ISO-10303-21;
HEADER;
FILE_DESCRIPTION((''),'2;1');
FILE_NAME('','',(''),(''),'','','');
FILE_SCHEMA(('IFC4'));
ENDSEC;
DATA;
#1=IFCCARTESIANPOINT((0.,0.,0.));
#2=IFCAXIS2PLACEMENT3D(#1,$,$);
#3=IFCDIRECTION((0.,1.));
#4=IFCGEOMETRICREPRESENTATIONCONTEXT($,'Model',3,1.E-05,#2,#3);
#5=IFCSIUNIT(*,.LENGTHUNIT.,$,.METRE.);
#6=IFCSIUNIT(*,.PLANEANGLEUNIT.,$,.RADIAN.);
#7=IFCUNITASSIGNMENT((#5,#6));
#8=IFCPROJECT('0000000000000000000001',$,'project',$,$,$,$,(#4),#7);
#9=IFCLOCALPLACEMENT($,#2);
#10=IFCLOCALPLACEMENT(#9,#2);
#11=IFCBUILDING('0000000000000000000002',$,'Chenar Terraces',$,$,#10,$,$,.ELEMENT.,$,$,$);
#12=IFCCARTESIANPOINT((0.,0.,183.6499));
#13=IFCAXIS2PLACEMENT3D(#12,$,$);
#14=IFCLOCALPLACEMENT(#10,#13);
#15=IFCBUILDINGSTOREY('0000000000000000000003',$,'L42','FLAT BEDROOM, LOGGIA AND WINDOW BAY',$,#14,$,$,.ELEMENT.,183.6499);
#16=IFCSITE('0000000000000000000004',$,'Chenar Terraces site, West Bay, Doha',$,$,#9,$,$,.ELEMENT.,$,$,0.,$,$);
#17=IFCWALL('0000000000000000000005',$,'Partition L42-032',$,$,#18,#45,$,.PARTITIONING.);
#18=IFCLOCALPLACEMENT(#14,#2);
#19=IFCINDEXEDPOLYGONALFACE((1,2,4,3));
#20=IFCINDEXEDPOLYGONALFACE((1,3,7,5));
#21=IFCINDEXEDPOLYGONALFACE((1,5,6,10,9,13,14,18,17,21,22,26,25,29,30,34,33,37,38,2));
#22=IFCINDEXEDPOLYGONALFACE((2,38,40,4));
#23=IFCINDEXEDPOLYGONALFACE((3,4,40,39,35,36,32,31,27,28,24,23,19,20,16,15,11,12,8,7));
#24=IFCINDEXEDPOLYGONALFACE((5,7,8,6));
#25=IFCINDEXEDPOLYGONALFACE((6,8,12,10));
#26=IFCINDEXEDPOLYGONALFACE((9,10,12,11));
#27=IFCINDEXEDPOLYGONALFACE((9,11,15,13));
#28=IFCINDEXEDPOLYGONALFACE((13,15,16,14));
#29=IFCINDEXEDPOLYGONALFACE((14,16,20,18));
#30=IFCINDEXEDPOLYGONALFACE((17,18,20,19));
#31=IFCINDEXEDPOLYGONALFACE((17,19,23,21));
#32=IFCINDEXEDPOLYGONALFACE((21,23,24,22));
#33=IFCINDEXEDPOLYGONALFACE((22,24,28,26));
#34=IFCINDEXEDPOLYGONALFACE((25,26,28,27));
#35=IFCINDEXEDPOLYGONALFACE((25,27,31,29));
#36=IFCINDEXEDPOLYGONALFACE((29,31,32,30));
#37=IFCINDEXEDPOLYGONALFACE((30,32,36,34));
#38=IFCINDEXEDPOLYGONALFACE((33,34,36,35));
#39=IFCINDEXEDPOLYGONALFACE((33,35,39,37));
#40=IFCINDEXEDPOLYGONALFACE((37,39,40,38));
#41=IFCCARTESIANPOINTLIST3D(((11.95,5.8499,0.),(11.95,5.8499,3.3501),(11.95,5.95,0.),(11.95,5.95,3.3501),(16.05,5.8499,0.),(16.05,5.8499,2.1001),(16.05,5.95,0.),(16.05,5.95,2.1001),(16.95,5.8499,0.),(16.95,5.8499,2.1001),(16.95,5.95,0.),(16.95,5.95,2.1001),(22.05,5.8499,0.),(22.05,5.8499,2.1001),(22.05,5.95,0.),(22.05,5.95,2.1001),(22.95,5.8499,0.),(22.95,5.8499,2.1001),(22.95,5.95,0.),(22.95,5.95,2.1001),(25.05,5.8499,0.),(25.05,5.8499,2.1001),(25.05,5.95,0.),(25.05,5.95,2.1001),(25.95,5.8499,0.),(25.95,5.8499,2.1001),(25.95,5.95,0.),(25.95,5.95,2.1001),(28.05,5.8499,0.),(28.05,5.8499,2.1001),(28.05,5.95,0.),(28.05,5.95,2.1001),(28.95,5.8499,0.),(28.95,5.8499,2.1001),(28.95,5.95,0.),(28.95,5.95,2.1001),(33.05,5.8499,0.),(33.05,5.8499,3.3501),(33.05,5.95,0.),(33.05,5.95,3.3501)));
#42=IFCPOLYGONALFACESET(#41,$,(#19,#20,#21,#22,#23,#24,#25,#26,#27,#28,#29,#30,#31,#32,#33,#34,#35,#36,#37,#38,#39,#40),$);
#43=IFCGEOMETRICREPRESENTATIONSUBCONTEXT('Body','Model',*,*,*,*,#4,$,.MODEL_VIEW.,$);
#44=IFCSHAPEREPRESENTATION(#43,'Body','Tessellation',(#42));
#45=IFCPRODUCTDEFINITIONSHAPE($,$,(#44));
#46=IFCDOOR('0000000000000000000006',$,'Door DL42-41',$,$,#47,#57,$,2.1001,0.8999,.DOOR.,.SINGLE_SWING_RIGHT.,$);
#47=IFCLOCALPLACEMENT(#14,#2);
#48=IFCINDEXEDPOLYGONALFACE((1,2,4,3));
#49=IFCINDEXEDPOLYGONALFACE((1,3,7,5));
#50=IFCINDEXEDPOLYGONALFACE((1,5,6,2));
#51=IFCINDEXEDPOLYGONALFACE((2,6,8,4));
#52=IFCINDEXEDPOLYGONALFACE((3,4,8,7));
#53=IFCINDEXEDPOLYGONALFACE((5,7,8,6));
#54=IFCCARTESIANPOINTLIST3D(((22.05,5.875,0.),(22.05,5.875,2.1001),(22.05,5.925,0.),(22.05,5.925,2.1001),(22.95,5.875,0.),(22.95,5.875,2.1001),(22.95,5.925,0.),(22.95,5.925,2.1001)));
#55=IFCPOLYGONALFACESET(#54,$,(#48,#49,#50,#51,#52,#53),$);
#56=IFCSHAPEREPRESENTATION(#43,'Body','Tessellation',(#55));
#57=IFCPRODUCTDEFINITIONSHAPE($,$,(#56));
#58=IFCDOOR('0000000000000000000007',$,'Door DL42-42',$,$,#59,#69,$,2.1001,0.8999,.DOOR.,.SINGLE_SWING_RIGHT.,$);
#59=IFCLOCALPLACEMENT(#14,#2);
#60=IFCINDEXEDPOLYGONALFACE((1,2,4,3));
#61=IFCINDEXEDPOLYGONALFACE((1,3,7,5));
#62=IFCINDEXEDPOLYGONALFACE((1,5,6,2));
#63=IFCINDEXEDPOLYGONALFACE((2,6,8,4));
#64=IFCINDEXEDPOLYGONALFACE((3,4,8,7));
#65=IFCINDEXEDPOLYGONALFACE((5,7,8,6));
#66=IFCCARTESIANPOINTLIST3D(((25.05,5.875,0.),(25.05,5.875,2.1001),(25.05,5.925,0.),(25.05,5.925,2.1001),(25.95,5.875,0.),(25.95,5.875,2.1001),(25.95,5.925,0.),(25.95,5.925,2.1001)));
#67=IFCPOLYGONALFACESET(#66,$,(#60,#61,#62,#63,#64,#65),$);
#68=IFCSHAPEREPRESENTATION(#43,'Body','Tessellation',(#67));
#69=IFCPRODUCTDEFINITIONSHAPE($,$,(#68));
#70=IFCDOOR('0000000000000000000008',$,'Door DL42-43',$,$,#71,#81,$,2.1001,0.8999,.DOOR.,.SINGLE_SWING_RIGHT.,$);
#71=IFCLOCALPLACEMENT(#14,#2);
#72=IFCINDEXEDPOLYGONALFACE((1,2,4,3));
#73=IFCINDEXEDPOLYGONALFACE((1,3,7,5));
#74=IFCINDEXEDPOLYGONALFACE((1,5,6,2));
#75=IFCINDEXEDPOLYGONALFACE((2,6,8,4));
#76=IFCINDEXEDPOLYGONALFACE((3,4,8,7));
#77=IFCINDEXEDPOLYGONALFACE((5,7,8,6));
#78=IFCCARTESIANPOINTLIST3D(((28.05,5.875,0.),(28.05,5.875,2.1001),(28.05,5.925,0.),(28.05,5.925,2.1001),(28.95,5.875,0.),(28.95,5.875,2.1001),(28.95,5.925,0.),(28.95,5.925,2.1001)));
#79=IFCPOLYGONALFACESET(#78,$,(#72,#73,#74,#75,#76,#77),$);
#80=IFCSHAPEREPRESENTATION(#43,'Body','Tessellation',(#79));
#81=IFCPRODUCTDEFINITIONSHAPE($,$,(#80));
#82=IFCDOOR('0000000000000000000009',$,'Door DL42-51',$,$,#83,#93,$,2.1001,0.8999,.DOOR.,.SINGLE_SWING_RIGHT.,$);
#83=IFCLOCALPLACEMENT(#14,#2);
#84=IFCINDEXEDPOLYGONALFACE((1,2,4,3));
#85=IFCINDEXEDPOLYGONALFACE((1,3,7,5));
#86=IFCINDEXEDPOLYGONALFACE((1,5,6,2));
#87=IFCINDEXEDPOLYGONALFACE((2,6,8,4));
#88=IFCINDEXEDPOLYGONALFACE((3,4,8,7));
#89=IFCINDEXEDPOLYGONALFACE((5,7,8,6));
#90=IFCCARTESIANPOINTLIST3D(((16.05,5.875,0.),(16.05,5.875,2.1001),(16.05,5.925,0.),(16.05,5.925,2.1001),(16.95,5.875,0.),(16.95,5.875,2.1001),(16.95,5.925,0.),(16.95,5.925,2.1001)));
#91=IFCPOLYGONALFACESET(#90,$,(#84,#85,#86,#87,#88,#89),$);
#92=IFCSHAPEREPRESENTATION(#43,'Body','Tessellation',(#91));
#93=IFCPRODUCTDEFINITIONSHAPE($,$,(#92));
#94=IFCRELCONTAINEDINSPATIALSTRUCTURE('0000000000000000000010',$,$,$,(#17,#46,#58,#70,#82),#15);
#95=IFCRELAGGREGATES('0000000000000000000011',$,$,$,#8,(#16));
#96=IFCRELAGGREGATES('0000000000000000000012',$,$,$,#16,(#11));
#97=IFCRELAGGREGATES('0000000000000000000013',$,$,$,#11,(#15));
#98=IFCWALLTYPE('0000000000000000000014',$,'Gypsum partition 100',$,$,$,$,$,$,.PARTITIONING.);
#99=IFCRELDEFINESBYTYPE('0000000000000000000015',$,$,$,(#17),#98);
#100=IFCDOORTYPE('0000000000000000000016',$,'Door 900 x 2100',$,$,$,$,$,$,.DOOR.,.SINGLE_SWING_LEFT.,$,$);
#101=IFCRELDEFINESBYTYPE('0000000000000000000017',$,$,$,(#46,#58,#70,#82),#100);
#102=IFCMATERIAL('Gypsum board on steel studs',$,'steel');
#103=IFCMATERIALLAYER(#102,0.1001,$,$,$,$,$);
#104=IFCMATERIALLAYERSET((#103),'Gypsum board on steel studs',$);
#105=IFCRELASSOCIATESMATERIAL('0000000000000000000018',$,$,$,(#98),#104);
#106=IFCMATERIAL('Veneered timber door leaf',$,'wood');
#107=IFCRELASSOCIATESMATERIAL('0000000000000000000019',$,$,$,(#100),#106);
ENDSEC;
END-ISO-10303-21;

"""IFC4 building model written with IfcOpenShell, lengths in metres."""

from ifc_helpers import new_model, si_unit, direction, frame, frame_2d, origin, place, context, subcontext, project, spatial, rectangle, extrude, material, layer, layer_set, type_object, element, fill, save


model = new_model("IFC4")

# Units and contexts
model_context = context("Model", 3, precision=1e-05, world=origin(), true_north=direction((0.0, 1.0)))
body_context = subcontext(model_context, "Body", "Model", "MODEL_VIEW")
ifc_project = project(units=[si_unit("LENGTHUNIT", "METRE"), si_unit("PLANEANGLEUNIT", "RADIAN")], contexts=[model_context])

# Site, building, storey
site_placement = place(None, origin())
site = spatial("IfcSite", under=ifc_project, at=site_placement, Name="Chenar Terraces site, West Bay, Doha", CompositionType="ELEMENT", RefElevation=0.0)
building_placement = place(site_placement, origin())
building = spatial("IfcBuilding", under=site, at=building_placement, Name="Chenar Terraces", CompositionType="ELEMENT")
storey_placement = place(building_placement, frame((0.0, 0.0, 183.6499)))
storey = spatial("IfcBuildingStorey", under=building, at=storey_placement, Name="L42", Description="FLAT BEDROOM, LOGGIA AND WINDOW BAY", CompositionType="ELEMENT", Elevation=183.6499)

# Wall, openings, doors
ifc_material_1 = material(Name="Gypsum board on steel studs", Category="steel")
ifc_layer_1 = layer(ifc_material_1, 0.1001)
ifc_layer_set_1 = layer_set([ifc_layer_1], Name="Gypsum board on steel studs")
wall_type_1 = type_object("IfcWallType", Name="Gypsum partition 100", PredefinedType="PARTITIONING", material=ifc_layer_set_1)
wall_1_placement = place(storey_placement, frame((11.95, 5.8999, 0.0), z_axis=(0.0, 0.0, 1.0), x_axis=(1.0, 0.0, 0.0)))
wall_1 = element("IfcWall", 1, at=wall_1_placement, inside=storey, type_object=wall_type_1, Name="Partition L42-032", PredefinedType="PARTITIONING", context=body_context, shape_type="SweptSolid", body=[
    extrude(rectangle(XDim=21.1001, YDim=0.1001, at=frame_2d((10.55, 0.0))), origin(), (0.0, 0.0, 1.0), 3.3501),
])
opening_1_placement = place(wall_1_placement, frame((10.1001, 0.0, 0.0)))
opening_1 = element("IfcOpeningElement", 2, at=opening_1_placement, cuts=wall_1, PredefinedType="OPENING", context=body_context, shape_type="SweptSolid", body=[
    extrude(rectangle(XDim=0.8999, YDim=2.1001, at=frame_2d((0.45, 1.05))), frame((0.0, 0.0601, 0.0), z_axis=(0.0, -1.0, 0.0), x_axis=(1.0, 0.0, 0.0)), (0.0, 0.0, 1.0), 0.1201),
])
opening_2_placement = place(wall_1_placement, frame((13.1001, 0.0, 0.0)))
opening_2 = element("IfcOpeningElement", 3, at=opening_2_placement, cuts=wall_1, PredefinedType="OPENING", context=body_context, shape_type="SweptSolid", body=[
    extrude(rectangle(XDim=0.8999, YDim=2.1001, at=frame_2d((0.45, 1.05))), frame((0.0, 0.0601, 0.0), z_axis=(0.0, -1.0, 0.0), x_axis=(1.0, 0.0, 0.0)), (0.0, 0.0, 1.0), 0.1201),
])
opening_3_placement = place(wall_1_placement, frame((16.1001, 0.0, 0.0)))
opening_3 = element("IfcOpeningElement", 4, at=opening_3_placement, cuts=wall_1, PredefinedType="OPENING", context=body_context, shape_type="SweptSolid", body=[
    extrude(rectangle(XDim=0.8999, YDim=2.1001, at=frame_2d((0.45, 1.05))), frame((0.0, 0.0601, 0.0), z_axis=(0.0, -1.0, 0.0), x_axis=(1.0, 0.0, 0.0)), (0.0, 0.0, 1.0), 0.1201),
])
opening_4_placement = place(wall_1_placement, frame((4.1001, 0.0, 0.0)))
opening_4 = element("IfcOpeningElement", 5, at=opening_4_placement, cuts=wall_1, PredefinedType="OPENING", context=body_context, shape_type="SweptSolid", body=[
    extrude(rectangle(XDim=0.8999, YDim=2.1001, at=frame_2d((0.45, 1.05))), frame((0.0, 0.0601, 0.0), z_axis=(0.0, -1.0, 0.0), x_axis=(1.0, 0.0, 0.0)), (0.0, 0.0, 1.0), 0.1201),
])
ifc_material_2 = material(Name="Veneered timber door leaf", Category="wood")
door_type_1 = type_object("IfcDoorType", Name="Door 900 x 2100", OperationType="SINGLE_SWING_LEFT", PredefinedType="DOOR", material=ifc_material_2)
door_1_placement = place(opening_1_placement, frame((0.8999, 0.0, 0.0), z_axis=(0.0, 0.0, 1.0), x_axis=(-1.0, 0.0, 0.0)))
door_1 = element("IfcDoor", 6, at=door_1_placement, inside=storey, type_object=door_type_1, Name="Door DL42-41", OperationType="SINGLE_SWING_RIGHT", OverallHeight=2.1001, OverallWidth=0.8999, PredefinedType="DOOR", context=body_context, shape_type="SweptSolid", body=[
    extrude(rectangle(XDim=0.8999, YDim=2.1001, at=frame_2d((0.45, 1.05))), frame((0.0, 0.0249, 0.0), z_axis=(0.0, -1.0, 0.0), x_axis=(1.0, 0.0, 0.0)), (0.0, 0.0, 1.0), 0.05),
])
fill(opening_1, door_1)
door_2_placement = place(opening_2_placement, frame((0.8999, 0.0, 0.0), z_axis=(0.0, 0.0, 1.0), x_axis=(-1.0, 0.0, 0.0)))
door_2 = element("IfcDoor", 7, at=door_2_placement, inside=storey, type_object=door_type_1, Name="Door DL42-42", OperationType="SINGLE_SWING_RIGHT", OverallHeight=2.1001, OverallWidth=0.8999, PredefinedType="DOOR", context=body_context, shape_type="SweptSolid", body=[
    extrude(rectangle(XDim=0.8999, YDim=2.1001, at=frame_2d((0.45, 1.05))), frame((0.0, 0.0249, 0.0), z_axis=(0.0, -1.0, 0.0), x_axis=(1.0, 0.0, 0.0)), (0.0, 0.0, 1.0), 0.05),
])
fill(opening_2, door_2)
door_3_placement = place(opening_3_placement, frame((0.8999, 0.0, 0.0), z_axis=(0.0, 0.0, 1.0), x_axis=(-1.0, 0.0, 0.0)))
door_3 = element("IfcDoor", 8, at=door_3_placement, inside=storey, type_object=door_type_1, Name="Door DL42-43", OperationType="SINGLE_SWING_RIGHT", OverallHeight=2.1001, OverallWidth=0.8999, PredefinedType="DOOR", context=body_context, shape_type="SweptSolid", body=[
    extrude(rectangle(XDim=0.8999, YDim=2.1001, at=frame_2d((0.45, 1.05))), frame((0.0, 0.0249, 0.0), z_axis=(0.0, -1.0, 0.0), x_axis=(1.0, 0.0, 0.0)), (0.0, 0.0, 1.0), 0.05),
])
fill(opening_3, door_3)
door_4_placement = place(opening_4_placement, frame((0.8999, 0.0, 0.0), z_axis=(0.0, 0.0, 1.0), x_axis=(-1.0, 0.0, 0.0)))
door_4 = element("IfcDoor", 9, at=door_4_placement, inside=storey, type_object=door_type_1, Name="Door DL42-51", OperationType="SINGLE_SWING_RIGHT", OverallHeight=2.1001, OverallWidth=0.8999, PredefinedType="DOOR", context=body_context, shape_type="SweptSolid", body=[
    extrude(rectangle(XDim=0.8999, YDim=2.1001, at=frame_2d((0.45, 1.05))), frame((0.0, 0.0249, 0.0), z_axis=(0.0, -1.0, 0.0), x_axis=(1.0, 0.0, 0.0)), (0.0, 0.0, 1.0), 0.05),
])
fill(opening_4, door_4)

save(model, "model.ifc")
